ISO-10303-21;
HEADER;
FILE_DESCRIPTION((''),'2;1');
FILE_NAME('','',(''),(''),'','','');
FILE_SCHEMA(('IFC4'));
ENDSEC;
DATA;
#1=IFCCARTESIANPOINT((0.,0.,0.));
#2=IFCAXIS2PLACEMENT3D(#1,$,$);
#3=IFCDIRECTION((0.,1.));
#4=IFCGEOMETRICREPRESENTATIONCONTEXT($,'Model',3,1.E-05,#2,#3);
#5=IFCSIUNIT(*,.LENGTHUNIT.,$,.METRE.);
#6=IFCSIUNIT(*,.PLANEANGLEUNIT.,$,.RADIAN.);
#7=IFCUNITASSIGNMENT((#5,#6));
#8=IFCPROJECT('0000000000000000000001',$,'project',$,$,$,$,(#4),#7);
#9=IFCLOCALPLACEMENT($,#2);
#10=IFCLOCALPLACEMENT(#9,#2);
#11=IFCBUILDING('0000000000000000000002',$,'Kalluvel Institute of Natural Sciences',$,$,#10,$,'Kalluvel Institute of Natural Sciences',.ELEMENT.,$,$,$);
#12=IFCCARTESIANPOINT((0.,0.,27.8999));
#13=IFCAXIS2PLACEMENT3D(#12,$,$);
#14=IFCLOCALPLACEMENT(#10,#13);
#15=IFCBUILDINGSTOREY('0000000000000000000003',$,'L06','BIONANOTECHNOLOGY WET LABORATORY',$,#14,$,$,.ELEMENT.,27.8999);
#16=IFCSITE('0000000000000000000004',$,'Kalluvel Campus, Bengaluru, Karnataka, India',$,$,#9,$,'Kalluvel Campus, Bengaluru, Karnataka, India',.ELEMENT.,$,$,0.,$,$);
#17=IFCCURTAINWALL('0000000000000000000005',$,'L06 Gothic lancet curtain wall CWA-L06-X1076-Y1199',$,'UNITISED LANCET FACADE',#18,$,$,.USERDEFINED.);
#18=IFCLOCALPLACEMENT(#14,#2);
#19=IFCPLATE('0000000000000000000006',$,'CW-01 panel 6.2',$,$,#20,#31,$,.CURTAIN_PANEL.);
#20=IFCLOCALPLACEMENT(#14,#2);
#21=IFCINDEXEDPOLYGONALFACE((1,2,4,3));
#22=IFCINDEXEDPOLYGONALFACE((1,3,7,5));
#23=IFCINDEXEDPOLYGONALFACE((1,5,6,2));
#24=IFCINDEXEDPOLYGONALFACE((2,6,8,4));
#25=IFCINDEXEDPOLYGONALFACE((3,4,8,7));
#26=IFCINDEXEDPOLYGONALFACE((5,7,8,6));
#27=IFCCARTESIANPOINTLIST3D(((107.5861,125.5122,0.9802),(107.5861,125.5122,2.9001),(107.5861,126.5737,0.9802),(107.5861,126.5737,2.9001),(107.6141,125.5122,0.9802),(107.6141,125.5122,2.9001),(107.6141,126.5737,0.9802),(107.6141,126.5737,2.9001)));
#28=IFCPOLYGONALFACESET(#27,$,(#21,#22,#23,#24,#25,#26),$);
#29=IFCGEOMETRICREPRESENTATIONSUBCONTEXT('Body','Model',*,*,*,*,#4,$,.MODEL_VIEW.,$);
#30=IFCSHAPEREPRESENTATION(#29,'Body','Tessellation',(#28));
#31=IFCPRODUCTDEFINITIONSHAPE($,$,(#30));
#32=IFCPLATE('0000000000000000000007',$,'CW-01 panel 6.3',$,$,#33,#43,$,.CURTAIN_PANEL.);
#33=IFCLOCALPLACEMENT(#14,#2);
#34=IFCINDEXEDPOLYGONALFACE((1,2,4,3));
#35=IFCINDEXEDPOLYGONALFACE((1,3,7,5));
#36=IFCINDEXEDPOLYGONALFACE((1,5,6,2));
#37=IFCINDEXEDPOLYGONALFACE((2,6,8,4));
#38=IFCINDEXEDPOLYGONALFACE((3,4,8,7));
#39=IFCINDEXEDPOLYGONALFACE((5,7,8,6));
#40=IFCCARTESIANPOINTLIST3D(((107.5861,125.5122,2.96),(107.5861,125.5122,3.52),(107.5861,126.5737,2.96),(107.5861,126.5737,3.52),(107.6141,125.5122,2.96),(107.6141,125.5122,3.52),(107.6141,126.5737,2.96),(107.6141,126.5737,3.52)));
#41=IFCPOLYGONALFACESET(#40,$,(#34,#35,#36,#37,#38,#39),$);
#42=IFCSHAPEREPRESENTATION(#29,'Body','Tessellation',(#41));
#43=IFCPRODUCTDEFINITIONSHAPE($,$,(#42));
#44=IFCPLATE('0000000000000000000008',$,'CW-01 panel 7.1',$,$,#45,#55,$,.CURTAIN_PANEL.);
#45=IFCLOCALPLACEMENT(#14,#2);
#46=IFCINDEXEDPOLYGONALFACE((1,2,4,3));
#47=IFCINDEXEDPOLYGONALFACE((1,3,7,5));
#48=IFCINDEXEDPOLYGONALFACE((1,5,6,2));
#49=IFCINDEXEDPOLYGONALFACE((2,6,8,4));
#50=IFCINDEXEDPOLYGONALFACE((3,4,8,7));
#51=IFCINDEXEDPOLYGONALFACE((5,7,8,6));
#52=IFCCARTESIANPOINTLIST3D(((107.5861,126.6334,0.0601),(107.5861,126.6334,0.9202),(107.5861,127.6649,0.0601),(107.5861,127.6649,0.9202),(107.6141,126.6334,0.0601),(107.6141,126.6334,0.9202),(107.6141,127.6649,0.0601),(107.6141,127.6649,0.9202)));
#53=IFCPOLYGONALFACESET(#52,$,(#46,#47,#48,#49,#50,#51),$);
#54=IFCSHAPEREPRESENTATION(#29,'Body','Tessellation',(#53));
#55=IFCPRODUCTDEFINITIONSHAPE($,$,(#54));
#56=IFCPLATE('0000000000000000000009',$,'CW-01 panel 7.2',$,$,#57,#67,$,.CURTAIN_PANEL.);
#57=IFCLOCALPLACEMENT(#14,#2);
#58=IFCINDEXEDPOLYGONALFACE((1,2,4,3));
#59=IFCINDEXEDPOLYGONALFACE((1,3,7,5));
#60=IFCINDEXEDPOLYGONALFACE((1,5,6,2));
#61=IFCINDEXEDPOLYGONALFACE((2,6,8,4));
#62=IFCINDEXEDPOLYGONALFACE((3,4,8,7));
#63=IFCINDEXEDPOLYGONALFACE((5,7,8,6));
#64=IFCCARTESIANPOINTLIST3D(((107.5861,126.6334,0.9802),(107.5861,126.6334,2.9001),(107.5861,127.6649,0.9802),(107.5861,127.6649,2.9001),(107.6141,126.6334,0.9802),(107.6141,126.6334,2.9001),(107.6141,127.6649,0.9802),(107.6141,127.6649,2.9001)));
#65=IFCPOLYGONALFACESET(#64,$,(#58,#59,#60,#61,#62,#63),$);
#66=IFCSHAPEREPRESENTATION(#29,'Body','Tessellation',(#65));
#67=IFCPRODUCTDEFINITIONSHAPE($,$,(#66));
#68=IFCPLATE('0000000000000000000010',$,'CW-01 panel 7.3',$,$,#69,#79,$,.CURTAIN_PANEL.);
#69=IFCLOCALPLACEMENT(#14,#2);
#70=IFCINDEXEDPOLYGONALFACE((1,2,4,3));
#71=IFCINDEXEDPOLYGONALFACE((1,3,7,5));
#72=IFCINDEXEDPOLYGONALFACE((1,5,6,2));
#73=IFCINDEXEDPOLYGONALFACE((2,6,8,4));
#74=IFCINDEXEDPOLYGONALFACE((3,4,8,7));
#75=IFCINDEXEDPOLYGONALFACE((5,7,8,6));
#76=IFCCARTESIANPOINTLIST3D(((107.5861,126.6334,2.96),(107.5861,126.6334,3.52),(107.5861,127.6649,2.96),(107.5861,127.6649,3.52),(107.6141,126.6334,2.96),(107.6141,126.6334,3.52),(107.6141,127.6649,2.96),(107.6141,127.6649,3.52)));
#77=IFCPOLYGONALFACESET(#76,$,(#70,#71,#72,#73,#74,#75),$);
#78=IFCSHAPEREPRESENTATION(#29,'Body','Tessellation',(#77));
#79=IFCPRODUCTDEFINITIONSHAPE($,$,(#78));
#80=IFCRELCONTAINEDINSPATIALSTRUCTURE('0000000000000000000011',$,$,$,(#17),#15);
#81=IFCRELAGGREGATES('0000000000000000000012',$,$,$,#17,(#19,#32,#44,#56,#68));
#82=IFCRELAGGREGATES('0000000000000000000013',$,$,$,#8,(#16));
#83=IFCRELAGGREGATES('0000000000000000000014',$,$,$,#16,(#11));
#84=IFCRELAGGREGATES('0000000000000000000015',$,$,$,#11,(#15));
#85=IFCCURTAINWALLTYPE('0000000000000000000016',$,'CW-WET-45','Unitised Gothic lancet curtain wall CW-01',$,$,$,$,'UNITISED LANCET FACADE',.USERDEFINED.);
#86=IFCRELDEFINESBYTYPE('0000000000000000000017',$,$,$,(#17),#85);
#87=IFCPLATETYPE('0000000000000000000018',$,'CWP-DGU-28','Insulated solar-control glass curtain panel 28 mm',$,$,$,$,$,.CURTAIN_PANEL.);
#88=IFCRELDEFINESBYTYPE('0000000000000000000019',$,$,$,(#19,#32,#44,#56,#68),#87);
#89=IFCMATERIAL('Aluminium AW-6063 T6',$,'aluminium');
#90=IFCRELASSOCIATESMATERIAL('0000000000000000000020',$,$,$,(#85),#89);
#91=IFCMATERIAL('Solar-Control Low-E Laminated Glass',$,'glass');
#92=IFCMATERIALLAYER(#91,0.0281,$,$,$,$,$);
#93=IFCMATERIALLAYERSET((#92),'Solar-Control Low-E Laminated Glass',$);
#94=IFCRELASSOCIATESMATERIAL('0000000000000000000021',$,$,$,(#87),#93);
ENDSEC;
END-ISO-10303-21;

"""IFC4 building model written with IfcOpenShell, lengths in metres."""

from ifc_helpers import new_model, si_unit, direction, frame, origin, origin_2d, place, context, subcontext, project, spatial, rectangle, extrude, material, layer, layer_set, type_object, element, aggregate, save


model = new_model("IFC4")

# Units and contexts
model_context = context("Model", 3, precision=1e-05, world=origin(), true_north=direction((0.0, 1.0)))
body_context = subcontext(model_context, "Body", "Model", "MODEL_VIEW")
ifc_project = project(units=[si_unit("LENGTHUNIT", "METRE"), si_unit("PLANEANGLEUNIT", "RADIAN")], contexts=[model_context])

# Site, building, storey
site_placement = place(None, origin())
site = spatial("IfcSite", under=ifc_project, at=site_placement, Name="Kalluvel Campus, Bengaluru, Karnataka, India", LongName="Kalluvel Campus, Bengaluru, Karnataka, India", CompositionType="ELEMENT", RefElevation=0.0)
building_placement = place(site_placement, origin())
building = spatial("IfcBuilding", under=site, at=building_placement, Name="Kalluvel Institute of Natural Sciences", LongName="Kalluvel Institute of Natural Sciences", CompositionType="ELEMENT")
storey_placement = place(building_placement, frame((0.0, 0.0, 27.8999)))
storey = spatial("IfcBuildingStorey", under=building, at=storey_placement, Name="L06", Description="BIONANOTECHNOLOGY WET LABORATORY", CompositionType="ELEMENT", Elevation=27.8999)

# Shared definitions
ifc_material_1 = material(Name="Aluminium AW-6063 T6", Category="aluminium")
curtain_wall_type = type_object("IfcCurtainWallType", Name="CW-WET-45", Description="Unitised Gothic lancet curtain wall CW-01", ElementType="UNITISED LANCET FACADE", PredefinedType="USERDEFINED", material=ifc_material_1)

# Curtain wall
curtain_wall_1_placement = place(storey_placement, origin())
curtain_wall_1 = element("IfcCurtainWall", 1, at=curtain_wall_1_placement, inside=storey, type_object=curtain_wall_type, Name="L06 Gothic lancet curtain wall CWA-L06-X1076-Y1199", ObjectType="UNITISED LANCET FACADE", PredefinedType="USERDEFINED")

# Plates
ifc_material_2 = material(Name="Solar-Control Low-E Laminated Glass", Category="glass")
ifc_layer = layer(ifc_material_2, 0.0281)
ifc_layer_set = layer_set([ifc_layer], Name="Solar-Control Low-E Laminated Glass")
plate_type = type_object("IfcPlateType", Name="CWP-DGU-28", Description="Insulated solar-control glass curtain panel 28 mm", PredefinedType="CURTAIN_PANEL", material=ifc_layer_set)
plate_1_placement = place(storey_placement, frame((107.6001, 126.043, 0.9802), z_axis=(0.0, 0.0, 1.0), x_axis=(0.0, 1.0, 0.0)))
plate_1 = element("IfcPlate", 2, at=plate_1_placement, type_object=plate_type, Name="CW-01 panel 6.2", PredefinedType="CURTAIN_PANEL", context=body_context, shape_type="SweptSolid", body=[
    extrude(rectangle(XDim=1.0615, YDim=0.0281, at=origin_2d()), origin(), (0.0, 0.0, 1.0), 1.9199),
])
plate_2_placement = place(storey_placement, frame((107.6001, 126.043, 2.96), z_axis=(0.0, 0.0, 1.0), x_axis=(0.0, 1.0, 0.0)))
plate_2 = element("IfcPlate", 3, at=plate_2_placement, type_object=plate_type, Name="CW-01 panel 6.3", PredefinedType="CURTAIN_PANEL", context=body_context, shape_type="SweptSolid", body=[
    extrude(rectangle(XDim=1.0615, YDim=0.0281, at=origin_2d()), origin(), (0.0, 0.0, 1.0), 0.5601),
])
plate_3_placement = place(storey_placement, frame((107.6001, 127.1492, 0.0601), z_axis=(0.0, 0.0, 1.0), x_axis=(0.0, 1.0, 0.0)))
plate_3 = element("IfcPlate", 4, at=plate_3_placement, type_object=plate_type, Name="CW-01 panel 7.1", PredefinedType="CURTAIN_PANEL", context=body_context, shape_type="SweptSolid", body=[
    extrude(rectangle(XDim=1.0315, YDim=0.0281, at=origin_2d()), origin(), (0.0, 0.0, 1.0), 0.8601),
])
plate_4_placement = place(storey_placement, frame((107.6001, 127.1492, 0.9802), z_axis=(0.0, 0.0, 1.0), x_axis=(0.0, 1.0, 0.0)))
plate_4 = element("IfcPlate", 5, at=plate_4_placement, type_object=plate_type, Name="CW-01 panel 7.2", PredefinedType="CURTAIN_PANEL", context=body_context, shape_type="SweptSolid", body=[
    extrude(rectangle(XDim=1.0315, YDim=0.0281, at=origin_2d()), origin(), (0.0, 0.0, 1.0), 1.9199),
])
plate_5_placement = place(storey_placement, frame((107.6001, 127.1492, 2.96), z_axis=(0.0, 0.0, 1.0), x_axis=(0.0, 1.0, 0.0)))
plate_5 = element("IfcPlate", 6, at=plate_5_placement, type_object=plate_type, Name="CW-01 panel 7.3", PredefinedType="CURTAIN_PANEL", context=body_context, shape_type="SweptSolid", body=[
    extrude(rectangle(XDim=1.0315, YDim=0.0281, at=origin_2d()), origin(), (0.0, 0.0, 1.0), 0.5601),
])
aggregate(curtain_wall_1, [plate_1, plate_2, plate_3, plate_4, plate_5])

save(model, "model.ifc")
